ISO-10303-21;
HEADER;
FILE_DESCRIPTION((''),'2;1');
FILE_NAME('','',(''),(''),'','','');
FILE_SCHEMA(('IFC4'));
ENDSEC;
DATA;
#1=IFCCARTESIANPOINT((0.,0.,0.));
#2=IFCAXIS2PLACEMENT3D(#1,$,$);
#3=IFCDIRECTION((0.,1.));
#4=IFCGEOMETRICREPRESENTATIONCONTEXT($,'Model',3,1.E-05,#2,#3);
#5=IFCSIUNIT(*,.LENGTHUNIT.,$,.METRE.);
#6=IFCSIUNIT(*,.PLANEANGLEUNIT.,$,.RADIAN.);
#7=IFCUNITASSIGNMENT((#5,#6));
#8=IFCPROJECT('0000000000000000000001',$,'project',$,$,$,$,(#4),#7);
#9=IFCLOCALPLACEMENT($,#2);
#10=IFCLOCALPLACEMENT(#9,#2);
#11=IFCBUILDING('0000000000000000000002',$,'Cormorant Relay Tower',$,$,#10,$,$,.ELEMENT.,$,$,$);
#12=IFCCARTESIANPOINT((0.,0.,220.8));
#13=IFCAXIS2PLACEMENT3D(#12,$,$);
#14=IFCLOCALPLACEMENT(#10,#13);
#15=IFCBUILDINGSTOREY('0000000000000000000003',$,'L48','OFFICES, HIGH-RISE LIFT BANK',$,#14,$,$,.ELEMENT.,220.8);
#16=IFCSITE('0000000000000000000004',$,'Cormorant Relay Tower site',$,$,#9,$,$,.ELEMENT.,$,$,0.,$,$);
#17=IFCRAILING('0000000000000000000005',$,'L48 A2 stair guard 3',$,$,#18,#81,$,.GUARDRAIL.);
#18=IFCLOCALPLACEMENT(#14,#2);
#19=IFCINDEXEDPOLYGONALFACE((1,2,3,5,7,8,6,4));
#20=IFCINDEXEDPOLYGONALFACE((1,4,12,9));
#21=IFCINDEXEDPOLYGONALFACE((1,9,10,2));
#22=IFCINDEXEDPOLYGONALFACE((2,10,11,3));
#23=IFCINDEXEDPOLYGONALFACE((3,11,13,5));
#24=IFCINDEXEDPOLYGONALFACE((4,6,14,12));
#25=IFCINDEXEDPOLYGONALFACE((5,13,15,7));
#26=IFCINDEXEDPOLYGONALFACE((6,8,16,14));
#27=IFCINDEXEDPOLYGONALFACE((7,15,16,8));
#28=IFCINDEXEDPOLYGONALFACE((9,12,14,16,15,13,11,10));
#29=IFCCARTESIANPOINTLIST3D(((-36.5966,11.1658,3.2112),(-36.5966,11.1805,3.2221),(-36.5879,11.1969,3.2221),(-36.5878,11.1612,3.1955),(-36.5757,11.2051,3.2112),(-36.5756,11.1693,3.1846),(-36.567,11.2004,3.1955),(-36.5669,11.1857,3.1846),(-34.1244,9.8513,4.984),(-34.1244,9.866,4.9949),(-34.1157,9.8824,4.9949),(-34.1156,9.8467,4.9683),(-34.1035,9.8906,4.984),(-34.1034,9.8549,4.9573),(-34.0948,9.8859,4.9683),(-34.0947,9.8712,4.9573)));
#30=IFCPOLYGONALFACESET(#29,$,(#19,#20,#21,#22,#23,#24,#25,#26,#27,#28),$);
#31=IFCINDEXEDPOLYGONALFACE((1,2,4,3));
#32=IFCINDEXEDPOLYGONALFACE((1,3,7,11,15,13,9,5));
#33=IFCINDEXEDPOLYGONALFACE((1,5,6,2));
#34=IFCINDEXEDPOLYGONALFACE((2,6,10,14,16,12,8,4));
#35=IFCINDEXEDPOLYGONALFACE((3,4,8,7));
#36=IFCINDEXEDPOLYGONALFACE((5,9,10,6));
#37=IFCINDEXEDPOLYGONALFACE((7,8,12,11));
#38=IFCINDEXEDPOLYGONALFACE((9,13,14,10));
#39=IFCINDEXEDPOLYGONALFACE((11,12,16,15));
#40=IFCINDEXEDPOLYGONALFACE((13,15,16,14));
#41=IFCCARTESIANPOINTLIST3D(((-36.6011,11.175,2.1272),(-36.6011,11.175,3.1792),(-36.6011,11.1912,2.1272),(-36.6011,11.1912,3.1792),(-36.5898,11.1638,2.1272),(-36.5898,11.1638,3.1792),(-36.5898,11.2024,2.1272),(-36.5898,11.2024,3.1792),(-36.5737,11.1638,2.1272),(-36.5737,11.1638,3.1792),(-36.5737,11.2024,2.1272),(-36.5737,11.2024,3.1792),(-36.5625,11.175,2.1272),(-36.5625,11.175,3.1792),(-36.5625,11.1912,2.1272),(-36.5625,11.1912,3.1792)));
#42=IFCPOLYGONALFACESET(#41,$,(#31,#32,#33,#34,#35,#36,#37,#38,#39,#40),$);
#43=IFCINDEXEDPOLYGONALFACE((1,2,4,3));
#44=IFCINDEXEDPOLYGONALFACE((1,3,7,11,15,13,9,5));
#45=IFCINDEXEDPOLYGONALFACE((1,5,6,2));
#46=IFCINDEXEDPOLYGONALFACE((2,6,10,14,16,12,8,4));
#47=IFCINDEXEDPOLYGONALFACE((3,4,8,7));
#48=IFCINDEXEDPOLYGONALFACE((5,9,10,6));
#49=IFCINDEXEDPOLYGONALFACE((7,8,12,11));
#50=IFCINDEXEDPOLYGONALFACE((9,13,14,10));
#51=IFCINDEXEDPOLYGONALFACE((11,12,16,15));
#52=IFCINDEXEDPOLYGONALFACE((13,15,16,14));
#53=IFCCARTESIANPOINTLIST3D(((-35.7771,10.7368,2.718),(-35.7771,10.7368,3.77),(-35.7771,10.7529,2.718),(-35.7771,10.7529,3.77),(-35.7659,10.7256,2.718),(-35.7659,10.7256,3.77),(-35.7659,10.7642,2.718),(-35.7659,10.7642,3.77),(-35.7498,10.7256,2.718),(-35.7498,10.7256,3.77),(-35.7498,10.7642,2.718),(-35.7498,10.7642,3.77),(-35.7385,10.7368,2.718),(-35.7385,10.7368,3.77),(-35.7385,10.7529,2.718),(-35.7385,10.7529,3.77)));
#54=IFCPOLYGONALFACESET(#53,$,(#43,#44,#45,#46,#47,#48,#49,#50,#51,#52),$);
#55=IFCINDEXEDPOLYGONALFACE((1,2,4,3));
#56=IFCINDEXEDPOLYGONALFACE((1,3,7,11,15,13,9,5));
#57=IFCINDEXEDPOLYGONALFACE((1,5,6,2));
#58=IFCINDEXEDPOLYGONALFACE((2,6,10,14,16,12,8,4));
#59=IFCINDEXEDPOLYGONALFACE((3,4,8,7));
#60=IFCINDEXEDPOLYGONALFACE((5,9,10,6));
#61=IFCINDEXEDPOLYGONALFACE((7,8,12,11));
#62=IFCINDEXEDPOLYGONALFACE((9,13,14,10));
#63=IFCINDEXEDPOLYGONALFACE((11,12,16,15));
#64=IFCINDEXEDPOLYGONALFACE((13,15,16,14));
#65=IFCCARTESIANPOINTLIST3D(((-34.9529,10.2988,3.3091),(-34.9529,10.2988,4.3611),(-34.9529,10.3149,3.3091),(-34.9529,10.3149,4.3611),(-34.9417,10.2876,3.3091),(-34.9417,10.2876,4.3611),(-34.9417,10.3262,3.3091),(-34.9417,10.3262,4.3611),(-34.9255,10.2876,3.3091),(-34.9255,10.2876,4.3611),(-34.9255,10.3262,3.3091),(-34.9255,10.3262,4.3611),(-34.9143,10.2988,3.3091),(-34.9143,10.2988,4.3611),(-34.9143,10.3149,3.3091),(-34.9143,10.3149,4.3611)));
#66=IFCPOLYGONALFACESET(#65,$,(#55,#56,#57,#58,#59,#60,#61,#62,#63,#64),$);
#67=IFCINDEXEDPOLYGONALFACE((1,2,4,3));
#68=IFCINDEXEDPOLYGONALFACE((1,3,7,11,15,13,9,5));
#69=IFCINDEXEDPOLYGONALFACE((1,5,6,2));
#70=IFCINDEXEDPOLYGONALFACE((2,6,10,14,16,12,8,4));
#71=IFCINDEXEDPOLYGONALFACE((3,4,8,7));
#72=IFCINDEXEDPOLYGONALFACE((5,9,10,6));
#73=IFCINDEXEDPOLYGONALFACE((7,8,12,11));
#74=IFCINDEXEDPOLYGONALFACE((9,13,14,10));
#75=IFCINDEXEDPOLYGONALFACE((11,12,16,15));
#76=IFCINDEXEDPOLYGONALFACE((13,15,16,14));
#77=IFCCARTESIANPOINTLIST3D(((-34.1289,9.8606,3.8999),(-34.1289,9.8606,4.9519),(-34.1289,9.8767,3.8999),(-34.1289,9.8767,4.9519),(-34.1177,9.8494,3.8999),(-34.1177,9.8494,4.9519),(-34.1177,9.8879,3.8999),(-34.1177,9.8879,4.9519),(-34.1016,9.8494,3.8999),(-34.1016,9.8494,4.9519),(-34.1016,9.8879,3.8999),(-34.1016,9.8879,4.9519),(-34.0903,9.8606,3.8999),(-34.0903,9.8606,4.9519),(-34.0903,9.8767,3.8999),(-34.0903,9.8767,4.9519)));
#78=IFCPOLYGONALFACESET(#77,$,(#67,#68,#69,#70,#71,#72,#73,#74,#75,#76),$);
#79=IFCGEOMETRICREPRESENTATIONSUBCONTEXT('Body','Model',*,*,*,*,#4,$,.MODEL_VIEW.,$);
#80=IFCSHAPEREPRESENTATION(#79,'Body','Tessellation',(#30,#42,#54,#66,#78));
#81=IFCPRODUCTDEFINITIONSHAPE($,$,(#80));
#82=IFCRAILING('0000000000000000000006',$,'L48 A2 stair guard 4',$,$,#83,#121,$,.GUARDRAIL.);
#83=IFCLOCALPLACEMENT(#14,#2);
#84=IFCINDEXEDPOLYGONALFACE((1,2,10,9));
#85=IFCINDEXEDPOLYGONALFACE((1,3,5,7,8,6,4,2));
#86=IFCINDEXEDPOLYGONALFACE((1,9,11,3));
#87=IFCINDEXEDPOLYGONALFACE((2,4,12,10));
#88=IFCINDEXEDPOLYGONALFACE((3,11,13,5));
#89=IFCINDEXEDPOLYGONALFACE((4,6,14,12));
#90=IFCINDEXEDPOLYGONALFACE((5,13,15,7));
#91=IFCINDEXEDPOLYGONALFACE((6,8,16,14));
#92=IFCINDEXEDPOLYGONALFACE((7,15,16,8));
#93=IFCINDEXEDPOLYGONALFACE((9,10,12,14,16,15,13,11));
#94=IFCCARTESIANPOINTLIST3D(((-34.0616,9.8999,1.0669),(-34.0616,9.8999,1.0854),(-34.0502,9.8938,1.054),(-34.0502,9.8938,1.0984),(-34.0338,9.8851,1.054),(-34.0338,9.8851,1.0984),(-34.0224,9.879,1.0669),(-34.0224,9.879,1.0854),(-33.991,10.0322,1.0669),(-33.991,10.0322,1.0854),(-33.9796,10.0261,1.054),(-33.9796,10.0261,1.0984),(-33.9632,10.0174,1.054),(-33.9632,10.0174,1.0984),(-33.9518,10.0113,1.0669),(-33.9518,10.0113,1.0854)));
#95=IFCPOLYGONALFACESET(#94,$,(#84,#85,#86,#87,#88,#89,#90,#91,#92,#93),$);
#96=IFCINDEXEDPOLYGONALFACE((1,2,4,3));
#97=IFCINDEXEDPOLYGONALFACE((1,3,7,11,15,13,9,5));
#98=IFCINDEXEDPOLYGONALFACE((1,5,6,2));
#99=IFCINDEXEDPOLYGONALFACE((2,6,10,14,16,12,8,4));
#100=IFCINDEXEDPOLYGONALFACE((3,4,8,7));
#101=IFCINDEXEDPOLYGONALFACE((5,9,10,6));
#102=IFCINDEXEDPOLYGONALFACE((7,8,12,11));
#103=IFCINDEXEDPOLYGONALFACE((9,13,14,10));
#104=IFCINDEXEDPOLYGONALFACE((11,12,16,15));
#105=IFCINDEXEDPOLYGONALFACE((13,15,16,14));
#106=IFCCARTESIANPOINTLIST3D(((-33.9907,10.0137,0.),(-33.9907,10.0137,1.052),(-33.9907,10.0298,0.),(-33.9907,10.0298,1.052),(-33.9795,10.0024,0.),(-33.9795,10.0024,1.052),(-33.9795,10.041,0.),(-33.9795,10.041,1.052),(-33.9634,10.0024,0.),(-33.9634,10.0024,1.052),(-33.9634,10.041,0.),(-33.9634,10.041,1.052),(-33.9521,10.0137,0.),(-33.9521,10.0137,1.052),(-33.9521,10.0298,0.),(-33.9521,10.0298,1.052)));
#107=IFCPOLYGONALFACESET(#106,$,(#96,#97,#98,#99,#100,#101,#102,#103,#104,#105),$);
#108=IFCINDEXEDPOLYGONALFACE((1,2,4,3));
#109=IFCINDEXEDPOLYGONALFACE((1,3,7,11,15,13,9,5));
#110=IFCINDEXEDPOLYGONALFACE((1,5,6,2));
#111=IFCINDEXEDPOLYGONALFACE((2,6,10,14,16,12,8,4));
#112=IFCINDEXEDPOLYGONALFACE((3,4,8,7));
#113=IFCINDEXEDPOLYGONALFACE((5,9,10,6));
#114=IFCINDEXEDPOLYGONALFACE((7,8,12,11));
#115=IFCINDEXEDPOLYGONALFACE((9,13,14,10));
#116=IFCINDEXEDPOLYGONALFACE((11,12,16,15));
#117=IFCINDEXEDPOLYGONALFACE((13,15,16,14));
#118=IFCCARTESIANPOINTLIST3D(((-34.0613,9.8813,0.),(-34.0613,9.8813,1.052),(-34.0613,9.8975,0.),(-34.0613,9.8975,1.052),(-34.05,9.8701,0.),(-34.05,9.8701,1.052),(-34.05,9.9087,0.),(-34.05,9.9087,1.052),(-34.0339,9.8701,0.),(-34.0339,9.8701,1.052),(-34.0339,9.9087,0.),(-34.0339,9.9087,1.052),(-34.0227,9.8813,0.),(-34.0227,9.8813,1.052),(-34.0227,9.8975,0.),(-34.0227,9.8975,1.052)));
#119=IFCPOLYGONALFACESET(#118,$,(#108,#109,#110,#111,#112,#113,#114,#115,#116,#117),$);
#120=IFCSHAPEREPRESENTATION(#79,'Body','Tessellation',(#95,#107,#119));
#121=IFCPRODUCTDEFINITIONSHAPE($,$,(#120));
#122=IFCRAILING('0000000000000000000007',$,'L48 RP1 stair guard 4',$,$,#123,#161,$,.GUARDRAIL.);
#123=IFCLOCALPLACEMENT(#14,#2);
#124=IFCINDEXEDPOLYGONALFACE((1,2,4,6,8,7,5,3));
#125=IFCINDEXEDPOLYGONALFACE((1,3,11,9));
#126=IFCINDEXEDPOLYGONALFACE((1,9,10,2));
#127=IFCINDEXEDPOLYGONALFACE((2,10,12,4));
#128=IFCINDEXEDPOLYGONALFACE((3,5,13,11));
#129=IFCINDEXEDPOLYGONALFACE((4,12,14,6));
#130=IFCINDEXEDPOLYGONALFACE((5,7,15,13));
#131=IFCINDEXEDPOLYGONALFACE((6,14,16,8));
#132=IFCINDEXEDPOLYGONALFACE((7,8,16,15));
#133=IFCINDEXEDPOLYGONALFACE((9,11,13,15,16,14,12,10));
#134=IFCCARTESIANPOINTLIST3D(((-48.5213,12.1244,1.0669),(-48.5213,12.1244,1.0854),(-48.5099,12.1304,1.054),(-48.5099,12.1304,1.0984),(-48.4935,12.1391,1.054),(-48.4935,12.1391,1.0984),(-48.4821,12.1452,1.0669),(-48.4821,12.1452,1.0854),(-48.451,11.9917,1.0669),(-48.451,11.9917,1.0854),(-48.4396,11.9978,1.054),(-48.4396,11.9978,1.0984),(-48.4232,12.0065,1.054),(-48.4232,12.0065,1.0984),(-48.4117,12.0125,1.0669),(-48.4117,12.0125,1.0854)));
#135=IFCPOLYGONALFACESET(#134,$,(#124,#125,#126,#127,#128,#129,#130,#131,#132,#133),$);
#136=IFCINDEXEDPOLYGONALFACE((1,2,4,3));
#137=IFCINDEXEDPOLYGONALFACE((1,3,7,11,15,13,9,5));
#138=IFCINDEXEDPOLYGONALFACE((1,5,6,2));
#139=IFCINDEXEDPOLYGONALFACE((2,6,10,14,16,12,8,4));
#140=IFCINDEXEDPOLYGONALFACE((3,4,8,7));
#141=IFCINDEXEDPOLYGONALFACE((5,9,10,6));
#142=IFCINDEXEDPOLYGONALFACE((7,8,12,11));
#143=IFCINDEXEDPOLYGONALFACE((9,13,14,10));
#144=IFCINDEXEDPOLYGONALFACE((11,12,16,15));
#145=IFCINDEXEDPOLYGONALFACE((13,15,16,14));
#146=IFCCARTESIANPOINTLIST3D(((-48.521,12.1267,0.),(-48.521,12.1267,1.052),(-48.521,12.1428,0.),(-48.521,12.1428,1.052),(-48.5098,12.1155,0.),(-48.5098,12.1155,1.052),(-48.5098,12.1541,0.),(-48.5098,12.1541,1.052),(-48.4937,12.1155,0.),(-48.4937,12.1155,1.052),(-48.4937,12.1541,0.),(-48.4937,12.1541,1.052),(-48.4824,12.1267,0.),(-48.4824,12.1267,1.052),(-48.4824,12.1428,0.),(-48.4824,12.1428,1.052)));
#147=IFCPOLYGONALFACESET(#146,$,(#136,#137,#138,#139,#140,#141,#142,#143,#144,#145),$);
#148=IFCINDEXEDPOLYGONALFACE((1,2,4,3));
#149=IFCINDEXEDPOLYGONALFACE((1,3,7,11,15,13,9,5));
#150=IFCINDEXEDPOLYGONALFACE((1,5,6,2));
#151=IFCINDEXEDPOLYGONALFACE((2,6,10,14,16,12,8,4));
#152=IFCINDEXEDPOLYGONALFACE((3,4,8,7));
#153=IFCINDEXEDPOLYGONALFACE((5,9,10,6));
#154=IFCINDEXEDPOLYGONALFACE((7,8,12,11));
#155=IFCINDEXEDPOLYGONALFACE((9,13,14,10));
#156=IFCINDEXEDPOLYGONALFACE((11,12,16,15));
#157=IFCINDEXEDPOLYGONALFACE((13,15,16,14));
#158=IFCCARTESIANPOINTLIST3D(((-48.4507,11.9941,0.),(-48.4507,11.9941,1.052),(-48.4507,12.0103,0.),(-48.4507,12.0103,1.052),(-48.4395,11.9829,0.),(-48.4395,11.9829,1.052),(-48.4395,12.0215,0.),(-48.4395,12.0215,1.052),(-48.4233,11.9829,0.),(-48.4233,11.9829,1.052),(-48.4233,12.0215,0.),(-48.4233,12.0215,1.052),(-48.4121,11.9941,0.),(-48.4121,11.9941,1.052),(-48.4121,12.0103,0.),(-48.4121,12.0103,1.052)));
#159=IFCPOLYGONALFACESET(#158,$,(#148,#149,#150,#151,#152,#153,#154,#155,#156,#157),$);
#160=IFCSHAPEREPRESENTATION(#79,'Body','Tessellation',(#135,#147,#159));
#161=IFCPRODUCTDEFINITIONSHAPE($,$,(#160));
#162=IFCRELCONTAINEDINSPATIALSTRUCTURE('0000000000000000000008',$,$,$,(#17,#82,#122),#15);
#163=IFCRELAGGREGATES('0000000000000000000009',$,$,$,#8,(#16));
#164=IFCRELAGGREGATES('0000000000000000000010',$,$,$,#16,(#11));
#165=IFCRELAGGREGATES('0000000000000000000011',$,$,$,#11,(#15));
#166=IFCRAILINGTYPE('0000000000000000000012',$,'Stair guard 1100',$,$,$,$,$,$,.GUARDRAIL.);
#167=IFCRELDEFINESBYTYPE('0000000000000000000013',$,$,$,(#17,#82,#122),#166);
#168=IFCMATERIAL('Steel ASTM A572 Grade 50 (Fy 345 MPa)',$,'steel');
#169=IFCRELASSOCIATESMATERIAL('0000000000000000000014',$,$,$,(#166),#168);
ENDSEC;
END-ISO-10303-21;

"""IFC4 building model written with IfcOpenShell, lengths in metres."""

from ifc_helpers import new_model, si_unit, direction, frame, origin, place, context, subcontext, project, spatial, polyline, outline, extrude, material, type_object, element, save


model = new_model("IFC4")

# Units and contexts
model_context = context("Model", 3, precision=1e-05, world=origin(), true_north=direction((0.0, 1.0)))
body_context = subcontext(model_context, "Body", "Model", "MODEL_VIEW")
ifc_project = project(units=[si_unit("LENGTHUNIT", "METRE"), si_unit("PLANEANGLEUNIT", "RADIAN")], contexts=[model_context])

# Site, building, storey
site_placement = place(None, origin())
site = spatial("IfcSite", under=ifc_project, at=site_placement, Name="Cormorant Relay Tower site", CompositionType="ELEMENT", RefElevation=0.0)
building_placement = place(site_placement, origin())
building = spatial("IfcBuilding", under=site, at=building_placement, Name="Cormorant Relay Tower", CompositionType="ELEMENT")
storey_placement = place(building_placement, frame((0.0, 0.0, 220.8)))
storey = spatial("IfcBuildingStorey", under=building, at=storey_placement, Name="L48", Description="OFFICES, HIGH-RISE LIFT BANK", CompositionType="ELEMENT", Elevation=220.8)

# Railings
ifc_material_1 = material(Name="Steel ASTM A572 Grade 50 (Fy 345 MPa)", Category="steel")
railing_type_1 = type_object("IfcRailingType", Name="Stair guard 1100", PredefinedType="GUARDRAIL", material=ifc_material_1)
railing_1_placement = place(storey_placement, frame((-36.5818, 11.1831, 2.1272)))
element("IfcRailing", 1, at=railing_1_placement, inside=storey, type_object=railing_type_1, Name="L48 A2 stair guard 3", PredefinedType="GUARDRAIL", context=body_context, shape_type="SweptSolid", body=[
    extrude(outline(polyline([(0.0222, 0.0093), (0.0093, 0.0222), (-0.0093, 0.0222), (-0.0222, 0.0093), (-0.0222, -0.0093), (-0.0093, -0.0222), (0.0093, -0.0222), (0.0222, -0.0093), (0.0222, 0.0093)])), frame((0.0, 0.0, 1.0762), z_axis=(0.746001, -0.396649, 0.534931), x_axis=(0.469465, 0.882951, 0.0)), (0.0, 0.0, 1.0), 3.314),
    extrude(outline(polyline([(0.0193, 0.0081), (0.0081, 0.0193), (-0.0081, 0.0193), (-0.0193, 0.0081), (-0.0193, -0.0081), (-0.0081, -0.0193), (0.0081, -0.0193), (0.0193, -0.0081), (0.0193, 0.0081)])), origin(), (0.0, 0.0, 1.0), 1.052),
    extrude(outline(polyline([(0.0193, 0.0081), (0.0081, 0.0193), (-0.0081, 0.0193), (-0.0193, 0.0081), (-0.0193, -0.0081), (-0.0081, -0.0193), (0.0081, -0.0193), (0.0193, -0.0081), (0.0193, 0.0081)])), frame((0.824, -0.4382, 0.5908)), (0.0, 0.0, 1.0), 1.052),
    extrude(outline(polyline([(0.0193, 0.0081), (0.0081, 0.0193), (-0.0081, 0.0193), (-0.0193, 0.0081), (-0.0193, -0.0081), (-0.0081, -0.0193), (0.0081, -0.0193), (0.0193, -0.0081), (0.0193, 0.0081)])), frame((1.6482, -0.8762, 1.1819)), (0.0, 0.0, 1.0), 1.052),
    extrude(outline(polyline([(0.0193, 0.0081), (0.0081, 0.0193), (-0.0081, 0.0193), (-0.0193, 0.0081), (-0.0193, -0.0081), (-0.0081, -0.0193), (0.0081, -0.0193), (0.0193, -0.0081), (0.0193, 0.0081)])), frame((2.4722, -1.3145, 1.7727)), (0.0, 0.0, 1.0), 1.052),
])
railing_2_placement = place(storey_placement, frame((-33.9714, 10.0217, 0.0)))
element("IfcRailing", 2, at=railing_2_placement, inside=storey, type_object=railing_type_1, Name="L48 A2 stair guard 4", PredefinedType="GUARDRAIL", context=body_context, shape_type="SweptSolid", body=[
    extrude(outline(polyline([(0.0222, 0.0093), (0.0093, 0.0222), (-0.0093, 0.0222), (-0.0222, 0.0093), (-0.0222, -0.0093), (-0.0093, -0.0222), (0.0093, -0.0222), (0.0222, -0.0093), (0.0222, 0.0093)])), frame((0.0, 0.0, 1.0762), z_axis=(-0.470504, -0.882398, 0.0), x_axis=(0.882398, -0.470504, 0.0)), (0.0, 0.0, 1.0), 0.1499),
    extrude(outline(polyline([(0.0193, 0.0081), (0.0081, 0.0193), (-0.0081, 0.0193), (-0.0193, 0.0081), (-0.0193, -0.0081), (-0.0081, -0.0193), (0.0081, -0.0193), (0.0193, -0.0081), (0.0193, 0.0081)])), origin(), (0.0, 0.0, 1.0), 1.052),
    extrude(outline(polyline([(0.0193, 0.0081), (0.0081, 0.0193), (-0.0081, 0.0193), (-0.0193, 0.0081), (-0.0193, -0.0081), (-0.0081, -0.0193), (0.0081, -0.0193), (0.0193, -0.0081), (0.0193, 0.0081)])), frame((-0.0706, -0.1323, 0.0)), (0.0, 0.0, 1.0), 1.052),
])
railing_3_placement = place(storey_placement, frame((-48.5017, 12.1348, 0.0)))
element("IfcRailing", 3, at=railing_3_placement, inside=storey, type_object=railing_type_1, Name="L48 RP1 stair guard 4", PredefinedType="GUARDRAIL", context=body_context, shape_type="SweptSolid", body=[
    extrude(outline(polyline([(0.0222, 0.0093), (0.0093, 0.0222), (-0.0093, 0.0222), (-0.0222, 0.0093), (-0.0222, -0.0093), (-0.0093, -0.0222), (0.0093, -0.0222), (0.0222, -0.0093), (0.0222, 0.0093)])), frame((0.0, 0.0, 1.0762), z_axis=(0.46856, -0.883431, 0.0), x_axis=(0.883431, 0.46856, 0.0)), (0.0, 0.0, 1.0), 0.1501),
    extrude(outline(polyline([(0.0193, 0.0081), (0.0081, 0.0193), (-0.0081, 0.0193), (-0.0193, 0.0081), (-0.0193, -0.0081), (-0.0081, -0.0193), (0.0081, -0.0193), (0.0193, -0.0081), (0.0193, 0.0081)])), origin(), (0.0, 0.0, 1.0), 1.052),
    extrude(outline(polyline([(0.0193, 0.0081), (0.0081, 0.0193), (-0.0081, 0.0193), (-0.0193, 0.0081), (-0.0193, -0.0081), (-0.0081, -0.0193), (0.0081, -0.0193), (0.0193, -0.0081), (0.0193, 0.0081)])), frame((0.0703, -0.1326, 0.0)), (0.0, 0.0, 1.0), 1.052),
])

save(model, "model.ifc")
